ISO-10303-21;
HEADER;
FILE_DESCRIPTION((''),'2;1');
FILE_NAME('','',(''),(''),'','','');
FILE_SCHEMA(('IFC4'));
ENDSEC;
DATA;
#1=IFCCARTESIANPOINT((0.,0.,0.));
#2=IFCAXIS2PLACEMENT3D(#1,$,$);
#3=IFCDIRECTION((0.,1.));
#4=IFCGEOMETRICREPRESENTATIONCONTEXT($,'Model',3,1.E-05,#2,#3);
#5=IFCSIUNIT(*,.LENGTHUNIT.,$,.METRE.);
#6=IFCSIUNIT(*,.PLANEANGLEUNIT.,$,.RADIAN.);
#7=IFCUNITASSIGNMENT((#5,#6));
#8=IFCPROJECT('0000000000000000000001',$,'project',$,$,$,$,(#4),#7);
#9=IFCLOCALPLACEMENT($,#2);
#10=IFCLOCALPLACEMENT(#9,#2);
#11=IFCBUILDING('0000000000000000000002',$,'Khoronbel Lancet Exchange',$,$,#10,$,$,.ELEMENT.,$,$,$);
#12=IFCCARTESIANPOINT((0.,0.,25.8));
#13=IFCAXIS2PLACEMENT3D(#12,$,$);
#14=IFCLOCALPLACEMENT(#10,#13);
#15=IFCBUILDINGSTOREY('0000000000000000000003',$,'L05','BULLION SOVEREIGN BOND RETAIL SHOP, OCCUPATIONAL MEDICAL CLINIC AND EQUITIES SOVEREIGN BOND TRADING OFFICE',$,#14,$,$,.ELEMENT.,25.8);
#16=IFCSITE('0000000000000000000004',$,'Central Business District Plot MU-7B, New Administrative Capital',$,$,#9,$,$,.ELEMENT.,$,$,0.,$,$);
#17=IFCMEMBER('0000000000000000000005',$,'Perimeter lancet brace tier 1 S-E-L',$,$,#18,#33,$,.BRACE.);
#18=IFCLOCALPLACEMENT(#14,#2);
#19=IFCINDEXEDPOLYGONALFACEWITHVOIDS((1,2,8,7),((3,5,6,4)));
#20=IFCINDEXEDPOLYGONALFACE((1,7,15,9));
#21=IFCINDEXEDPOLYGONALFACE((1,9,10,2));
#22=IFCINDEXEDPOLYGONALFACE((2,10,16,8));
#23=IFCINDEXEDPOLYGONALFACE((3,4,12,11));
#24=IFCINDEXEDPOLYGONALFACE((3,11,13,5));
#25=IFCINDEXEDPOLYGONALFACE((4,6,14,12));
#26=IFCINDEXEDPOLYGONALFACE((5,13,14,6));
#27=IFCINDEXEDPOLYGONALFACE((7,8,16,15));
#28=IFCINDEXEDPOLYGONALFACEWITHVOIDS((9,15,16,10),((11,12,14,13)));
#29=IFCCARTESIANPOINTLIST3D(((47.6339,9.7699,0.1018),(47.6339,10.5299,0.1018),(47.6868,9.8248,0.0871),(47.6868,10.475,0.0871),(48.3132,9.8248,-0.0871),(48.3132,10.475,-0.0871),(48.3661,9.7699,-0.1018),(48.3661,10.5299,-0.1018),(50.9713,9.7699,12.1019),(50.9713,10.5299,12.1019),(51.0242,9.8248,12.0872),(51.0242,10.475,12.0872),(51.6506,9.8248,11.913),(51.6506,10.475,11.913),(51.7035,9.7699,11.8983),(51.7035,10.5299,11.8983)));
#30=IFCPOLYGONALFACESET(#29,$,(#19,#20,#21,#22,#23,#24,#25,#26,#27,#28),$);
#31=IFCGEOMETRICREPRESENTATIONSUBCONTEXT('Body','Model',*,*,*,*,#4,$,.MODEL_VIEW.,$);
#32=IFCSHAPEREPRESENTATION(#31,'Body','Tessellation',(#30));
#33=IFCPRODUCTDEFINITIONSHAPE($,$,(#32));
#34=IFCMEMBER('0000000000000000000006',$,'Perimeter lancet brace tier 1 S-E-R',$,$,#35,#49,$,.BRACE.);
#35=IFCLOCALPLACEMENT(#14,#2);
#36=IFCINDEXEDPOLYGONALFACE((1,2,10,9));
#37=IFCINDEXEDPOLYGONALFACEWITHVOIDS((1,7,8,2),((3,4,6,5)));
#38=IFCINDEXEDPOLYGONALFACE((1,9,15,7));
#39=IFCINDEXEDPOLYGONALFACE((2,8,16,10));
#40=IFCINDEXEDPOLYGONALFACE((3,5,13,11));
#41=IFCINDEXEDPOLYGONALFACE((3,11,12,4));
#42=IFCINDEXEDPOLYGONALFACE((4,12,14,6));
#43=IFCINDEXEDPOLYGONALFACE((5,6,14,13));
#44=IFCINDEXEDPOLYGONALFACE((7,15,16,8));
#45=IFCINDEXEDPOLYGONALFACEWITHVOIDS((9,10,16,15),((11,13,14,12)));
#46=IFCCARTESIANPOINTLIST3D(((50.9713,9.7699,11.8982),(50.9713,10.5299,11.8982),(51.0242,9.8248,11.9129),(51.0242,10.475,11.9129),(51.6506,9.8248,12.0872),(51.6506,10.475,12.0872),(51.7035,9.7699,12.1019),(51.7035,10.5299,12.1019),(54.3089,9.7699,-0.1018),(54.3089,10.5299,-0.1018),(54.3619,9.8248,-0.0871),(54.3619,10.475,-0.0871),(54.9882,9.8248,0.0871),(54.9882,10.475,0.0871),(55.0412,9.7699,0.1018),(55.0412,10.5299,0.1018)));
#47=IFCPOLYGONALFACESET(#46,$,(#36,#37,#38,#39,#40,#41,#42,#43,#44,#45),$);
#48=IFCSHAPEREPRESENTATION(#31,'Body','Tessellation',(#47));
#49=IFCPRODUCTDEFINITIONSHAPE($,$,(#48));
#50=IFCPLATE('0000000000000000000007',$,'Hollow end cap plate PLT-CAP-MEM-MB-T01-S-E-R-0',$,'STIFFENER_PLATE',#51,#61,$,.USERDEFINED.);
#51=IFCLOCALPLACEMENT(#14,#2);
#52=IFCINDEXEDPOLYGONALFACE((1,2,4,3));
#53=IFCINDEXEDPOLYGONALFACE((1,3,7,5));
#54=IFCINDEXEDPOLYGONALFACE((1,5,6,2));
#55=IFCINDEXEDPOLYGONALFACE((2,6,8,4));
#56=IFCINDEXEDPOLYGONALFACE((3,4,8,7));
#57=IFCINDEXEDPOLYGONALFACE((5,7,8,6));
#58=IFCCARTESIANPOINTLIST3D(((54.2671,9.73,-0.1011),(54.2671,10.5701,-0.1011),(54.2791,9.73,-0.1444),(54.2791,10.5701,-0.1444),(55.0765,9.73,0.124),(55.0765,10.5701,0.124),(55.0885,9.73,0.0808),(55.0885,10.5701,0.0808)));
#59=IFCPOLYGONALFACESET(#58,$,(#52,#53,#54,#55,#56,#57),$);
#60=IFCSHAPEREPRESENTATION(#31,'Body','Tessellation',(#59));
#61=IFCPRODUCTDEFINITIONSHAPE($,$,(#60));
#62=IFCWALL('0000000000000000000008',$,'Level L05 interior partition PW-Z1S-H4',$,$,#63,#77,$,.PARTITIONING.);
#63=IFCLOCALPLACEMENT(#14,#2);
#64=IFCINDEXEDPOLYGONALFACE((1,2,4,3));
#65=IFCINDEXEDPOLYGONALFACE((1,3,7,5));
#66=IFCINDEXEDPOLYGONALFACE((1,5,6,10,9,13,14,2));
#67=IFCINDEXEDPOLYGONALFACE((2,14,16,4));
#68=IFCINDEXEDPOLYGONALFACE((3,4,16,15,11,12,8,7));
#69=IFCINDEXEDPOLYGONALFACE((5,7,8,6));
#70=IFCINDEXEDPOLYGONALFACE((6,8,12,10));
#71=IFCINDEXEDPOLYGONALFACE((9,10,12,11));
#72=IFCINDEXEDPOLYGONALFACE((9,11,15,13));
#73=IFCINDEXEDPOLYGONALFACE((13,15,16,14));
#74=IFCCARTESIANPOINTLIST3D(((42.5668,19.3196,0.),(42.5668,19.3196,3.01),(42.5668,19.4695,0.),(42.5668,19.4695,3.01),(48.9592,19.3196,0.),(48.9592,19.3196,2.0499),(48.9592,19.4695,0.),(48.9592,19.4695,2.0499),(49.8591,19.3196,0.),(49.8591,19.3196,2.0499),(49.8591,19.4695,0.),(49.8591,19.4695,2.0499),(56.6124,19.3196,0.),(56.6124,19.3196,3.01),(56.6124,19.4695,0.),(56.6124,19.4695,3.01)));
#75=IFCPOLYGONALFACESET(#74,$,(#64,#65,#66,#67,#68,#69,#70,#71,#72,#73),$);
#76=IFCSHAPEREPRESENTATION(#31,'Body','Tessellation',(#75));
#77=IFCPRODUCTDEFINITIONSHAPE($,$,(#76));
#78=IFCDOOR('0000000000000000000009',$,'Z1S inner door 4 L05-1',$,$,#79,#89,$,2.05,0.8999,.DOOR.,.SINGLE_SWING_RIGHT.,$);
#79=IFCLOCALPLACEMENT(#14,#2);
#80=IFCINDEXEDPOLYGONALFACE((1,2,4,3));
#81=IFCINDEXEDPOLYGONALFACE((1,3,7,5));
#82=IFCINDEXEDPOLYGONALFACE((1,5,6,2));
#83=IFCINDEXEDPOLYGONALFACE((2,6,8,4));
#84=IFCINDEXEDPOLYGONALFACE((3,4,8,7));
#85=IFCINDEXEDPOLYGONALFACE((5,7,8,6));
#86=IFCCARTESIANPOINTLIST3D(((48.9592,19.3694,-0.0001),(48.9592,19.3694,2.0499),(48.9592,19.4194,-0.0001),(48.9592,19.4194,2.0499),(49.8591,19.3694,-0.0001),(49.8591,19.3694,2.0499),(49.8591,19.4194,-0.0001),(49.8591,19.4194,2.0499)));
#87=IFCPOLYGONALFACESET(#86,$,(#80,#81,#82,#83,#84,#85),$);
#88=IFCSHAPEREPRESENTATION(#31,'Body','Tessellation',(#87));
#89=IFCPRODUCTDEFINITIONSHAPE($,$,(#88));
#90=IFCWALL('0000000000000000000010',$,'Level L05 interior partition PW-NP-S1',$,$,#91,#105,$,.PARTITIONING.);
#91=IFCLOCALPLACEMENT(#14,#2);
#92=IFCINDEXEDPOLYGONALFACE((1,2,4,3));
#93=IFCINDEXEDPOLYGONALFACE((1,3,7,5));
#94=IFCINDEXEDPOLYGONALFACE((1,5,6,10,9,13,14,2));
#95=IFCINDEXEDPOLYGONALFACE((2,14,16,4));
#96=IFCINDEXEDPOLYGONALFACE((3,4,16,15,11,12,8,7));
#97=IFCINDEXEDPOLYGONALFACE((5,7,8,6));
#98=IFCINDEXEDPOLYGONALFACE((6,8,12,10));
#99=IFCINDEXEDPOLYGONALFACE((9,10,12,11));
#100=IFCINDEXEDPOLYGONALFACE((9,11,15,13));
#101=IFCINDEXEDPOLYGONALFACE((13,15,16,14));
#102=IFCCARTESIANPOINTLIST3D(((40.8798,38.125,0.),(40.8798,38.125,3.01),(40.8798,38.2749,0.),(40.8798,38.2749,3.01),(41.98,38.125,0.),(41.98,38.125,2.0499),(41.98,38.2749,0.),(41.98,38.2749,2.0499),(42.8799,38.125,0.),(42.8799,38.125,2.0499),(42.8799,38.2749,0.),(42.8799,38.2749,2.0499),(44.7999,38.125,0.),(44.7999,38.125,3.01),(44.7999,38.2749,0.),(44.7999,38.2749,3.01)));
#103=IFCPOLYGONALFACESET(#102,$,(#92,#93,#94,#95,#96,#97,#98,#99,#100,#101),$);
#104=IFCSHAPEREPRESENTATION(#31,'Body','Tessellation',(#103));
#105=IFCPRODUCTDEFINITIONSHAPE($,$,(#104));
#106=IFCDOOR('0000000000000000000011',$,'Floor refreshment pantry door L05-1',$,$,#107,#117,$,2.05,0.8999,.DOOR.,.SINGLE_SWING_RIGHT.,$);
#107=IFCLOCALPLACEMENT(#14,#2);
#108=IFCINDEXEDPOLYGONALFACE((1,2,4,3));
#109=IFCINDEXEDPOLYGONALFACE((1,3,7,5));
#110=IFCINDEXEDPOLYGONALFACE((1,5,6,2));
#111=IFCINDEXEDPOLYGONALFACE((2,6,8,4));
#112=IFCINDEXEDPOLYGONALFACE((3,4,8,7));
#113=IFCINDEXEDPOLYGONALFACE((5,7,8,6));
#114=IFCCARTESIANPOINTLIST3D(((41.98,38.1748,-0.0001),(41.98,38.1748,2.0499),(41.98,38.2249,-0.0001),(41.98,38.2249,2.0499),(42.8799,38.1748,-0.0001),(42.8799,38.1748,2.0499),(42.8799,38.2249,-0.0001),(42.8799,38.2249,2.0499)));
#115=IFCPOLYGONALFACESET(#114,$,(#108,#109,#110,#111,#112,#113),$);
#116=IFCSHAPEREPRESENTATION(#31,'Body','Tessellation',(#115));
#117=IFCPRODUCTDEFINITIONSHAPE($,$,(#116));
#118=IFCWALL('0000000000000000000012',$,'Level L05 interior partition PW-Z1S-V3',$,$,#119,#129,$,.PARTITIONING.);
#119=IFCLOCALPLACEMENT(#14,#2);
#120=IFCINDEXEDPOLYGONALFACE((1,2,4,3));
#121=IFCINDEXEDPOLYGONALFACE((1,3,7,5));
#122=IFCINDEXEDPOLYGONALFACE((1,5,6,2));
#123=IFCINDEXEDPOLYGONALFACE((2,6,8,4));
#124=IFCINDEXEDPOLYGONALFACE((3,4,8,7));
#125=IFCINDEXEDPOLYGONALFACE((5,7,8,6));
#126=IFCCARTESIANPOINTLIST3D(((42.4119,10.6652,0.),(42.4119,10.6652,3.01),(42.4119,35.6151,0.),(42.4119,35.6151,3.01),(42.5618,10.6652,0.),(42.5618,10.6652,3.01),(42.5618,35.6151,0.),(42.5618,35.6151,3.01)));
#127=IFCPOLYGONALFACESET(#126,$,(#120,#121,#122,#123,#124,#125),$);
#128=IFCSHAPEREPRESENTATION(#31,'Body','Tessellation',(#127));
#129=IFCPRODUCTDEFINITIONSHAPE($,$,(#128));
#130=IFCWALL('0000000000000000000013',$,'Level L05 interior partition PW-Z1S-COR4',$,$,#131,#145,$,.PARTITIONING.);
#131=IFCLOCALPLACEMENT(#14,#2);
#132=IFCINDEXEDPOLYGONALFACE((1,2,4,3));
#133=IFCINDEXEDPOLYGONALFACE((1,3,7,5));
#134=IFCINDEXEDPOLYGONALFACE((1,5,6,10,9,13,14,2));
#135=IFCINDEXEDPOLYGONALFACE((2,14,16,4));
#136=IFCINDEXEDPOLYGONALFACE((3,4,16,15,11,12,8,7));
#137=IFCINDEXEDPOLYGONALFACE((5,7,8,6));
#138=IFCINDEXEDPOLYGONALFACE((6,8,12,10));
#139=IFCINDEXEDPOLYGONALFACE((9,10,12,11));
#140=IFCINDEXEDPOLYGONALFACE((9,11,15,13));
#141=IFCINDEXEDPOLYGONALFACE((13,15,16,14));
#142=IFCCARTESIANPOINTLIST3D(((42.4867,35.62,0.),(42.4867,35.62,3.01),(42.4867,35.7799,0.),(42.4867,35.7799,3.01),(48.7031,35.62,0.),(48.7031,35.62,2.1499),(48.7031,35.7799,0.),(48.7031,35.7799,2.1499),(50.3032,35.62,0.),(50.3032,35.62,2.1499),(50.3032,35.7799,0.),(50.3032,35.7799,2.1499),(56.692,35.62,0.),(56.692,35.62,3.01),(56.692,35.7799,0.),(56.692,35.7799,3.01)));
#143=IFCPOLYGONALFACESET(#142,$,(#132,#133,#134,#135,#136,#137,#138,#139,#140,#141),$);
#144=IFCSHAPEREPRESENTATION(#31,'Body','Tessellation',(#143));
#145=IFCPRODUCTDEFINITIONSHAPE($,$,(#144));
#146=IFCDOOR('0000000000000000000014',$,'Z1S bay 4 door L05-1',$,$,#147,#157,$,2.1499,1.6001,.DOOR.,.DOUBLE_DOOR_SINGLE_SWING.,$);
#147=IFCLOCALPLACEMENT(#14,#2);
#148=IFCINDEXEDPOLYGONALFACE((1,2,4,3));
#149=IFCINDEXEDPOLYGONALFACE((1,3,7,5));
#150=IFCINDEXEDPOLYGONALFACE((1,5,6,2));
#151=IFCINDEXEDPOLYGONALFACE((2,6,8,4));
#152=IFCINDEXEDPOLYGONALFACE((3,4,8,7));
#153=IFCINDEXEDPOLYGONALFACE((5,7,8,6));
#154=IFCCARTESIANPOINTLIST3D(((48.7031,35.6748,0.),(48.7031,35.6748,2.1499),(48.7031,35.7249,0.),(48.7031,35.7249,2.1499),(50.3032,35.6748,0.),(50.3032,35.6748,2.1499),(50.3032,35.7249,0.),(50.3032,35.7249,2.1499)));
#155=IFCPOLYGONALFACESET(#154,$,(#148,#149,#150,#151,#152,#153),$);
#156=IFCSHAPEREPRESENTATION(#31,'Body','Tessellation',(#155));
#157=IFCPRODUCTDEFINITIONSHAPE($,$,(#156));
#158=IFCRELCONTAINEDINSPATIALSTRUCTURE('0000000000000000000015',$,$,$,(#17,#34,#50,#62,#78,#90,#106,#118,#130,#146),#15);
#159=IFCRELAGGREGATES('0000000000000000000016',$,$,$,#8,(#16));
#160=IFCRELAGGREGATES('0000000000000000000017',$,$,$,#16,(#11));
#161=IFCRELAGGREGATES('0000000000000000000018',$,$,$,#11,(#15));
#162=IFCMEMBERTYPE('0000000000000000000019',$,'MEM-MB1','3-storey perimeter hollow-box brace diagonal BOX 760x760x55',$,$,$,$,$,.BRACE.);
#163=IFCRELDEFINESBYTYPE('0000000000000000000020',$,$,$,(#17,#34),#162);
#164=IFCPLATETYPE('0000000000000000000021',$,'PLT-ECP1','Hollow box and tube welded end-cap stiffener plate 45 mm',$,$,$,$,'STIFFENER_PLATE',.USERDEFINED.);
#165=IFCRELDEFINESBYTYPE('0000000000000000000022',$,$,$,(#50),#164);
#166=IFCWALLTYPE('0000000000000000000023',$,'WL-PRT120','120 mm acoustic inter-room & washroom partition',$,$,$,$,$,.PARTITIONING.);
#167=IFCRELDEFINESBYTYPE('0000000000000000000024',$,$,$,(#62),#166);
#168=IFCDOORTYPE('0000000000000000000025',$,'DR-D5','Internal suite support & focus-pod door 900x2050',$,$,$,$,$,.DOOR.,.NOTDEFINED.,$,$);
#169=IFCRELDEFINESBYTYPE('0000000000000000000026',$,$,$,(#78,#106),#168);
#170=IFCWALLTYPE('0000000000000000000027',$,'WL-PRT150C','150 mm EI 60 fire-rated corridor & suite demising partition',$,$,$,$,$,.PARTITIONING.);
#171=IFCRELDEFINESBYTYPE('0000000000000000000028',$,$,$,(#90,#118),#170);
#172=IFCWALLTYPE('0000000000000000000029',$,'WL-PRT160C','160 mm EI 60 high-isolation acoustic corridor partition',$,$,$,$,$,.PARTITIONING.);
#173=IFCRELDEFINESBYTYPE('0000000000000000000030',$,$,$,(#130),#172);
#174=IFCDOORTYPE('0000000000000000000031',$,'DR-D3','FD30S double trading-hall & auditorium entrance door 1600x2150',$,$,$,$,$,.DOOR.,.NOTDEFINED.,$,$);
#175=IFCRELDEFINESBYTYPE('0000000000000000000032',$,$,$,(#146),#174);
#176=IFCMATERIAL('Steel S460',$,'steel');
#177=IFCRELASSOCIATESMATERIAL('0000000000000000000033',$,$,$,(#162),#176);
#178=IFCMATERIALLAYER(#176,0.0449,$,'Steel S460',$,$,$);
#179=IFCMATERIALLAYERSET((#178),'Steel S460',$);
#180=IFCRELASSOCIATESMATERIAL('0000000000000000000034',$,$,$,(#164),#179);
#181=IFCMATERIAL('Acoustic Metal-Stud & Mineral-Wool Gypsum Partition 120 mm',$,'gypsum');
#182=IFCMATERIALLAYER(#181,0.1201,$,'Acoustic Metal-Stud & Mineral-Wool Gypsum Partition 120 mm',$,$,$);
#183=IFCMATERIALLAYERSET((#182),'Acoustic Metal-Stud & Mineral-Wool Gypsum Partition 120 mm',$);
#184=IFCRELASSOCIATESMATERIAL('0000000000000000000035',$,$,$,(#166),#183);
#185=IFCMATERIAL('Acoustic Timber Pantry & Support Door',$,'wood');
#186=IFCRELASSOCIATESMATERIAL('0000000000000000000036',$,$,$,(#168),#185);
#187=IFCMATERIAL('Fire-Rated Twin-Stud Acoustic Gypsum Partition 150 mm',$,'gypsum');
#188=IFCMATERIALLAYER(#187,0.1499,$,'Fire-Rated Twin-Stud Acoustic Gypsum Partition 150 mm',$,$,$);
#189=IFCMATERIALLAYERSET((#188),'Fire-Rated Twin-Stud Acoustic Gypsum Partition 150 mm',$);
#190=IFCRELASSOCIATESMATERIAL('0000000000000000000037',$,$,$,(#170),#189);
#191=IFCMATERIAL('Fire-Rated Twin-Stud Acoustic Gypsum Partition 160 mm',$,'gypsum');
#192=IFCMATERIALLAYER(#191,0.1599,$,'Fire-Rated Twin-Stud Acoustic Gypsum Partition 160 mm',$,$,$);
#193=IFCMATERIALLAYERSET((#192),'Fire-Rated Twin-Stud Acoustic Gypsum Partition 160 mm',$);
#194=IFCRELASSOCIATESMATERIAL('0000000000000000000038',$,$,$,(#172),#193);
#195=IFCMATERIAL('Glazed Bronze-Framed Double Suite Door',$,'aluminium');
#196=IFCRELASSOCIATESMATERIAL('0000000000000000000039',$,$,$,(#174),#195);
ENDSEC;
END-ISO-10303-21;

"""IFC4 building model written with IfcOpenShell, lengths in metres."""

from ifc_helpers import new_model, si_unit, direction, frame, frame_2d, origin, origin_2d, place, context, subcontext, project, spatial, polyline, rectangle, hollow_rectangle, outline, extrude, material, layer, layer_set, material_profile, profile_set, type_object, element, fill, save


model = new_model("IFC4")

# Units and contexts
model_context = context("Model", 3, precision=1e-05, world=origin(), true_north=direction((0.0, 1.0)))
body_context = subcontext(model_context, "Body", "Model", "MODEL_VIEW")
ifc_project = project(units=[si_unit("LENGTHUNIT", "METRE"), si_unit("PLANEANGLEUNIT", "RADIAN")], contexts=[model_context])

# Site, building, storey
site_placement = place(None, origin())
site = spatial("IfcSite", under=ifc_project, at=site_placement, Name="Central Business District Plot MU-7B, New Administrative Capital", CompositionType="ELEMENT", RefElevation=0.0)
building_placement = place(site_placement, origin())
building = spatial("IfcBuilding", under=site, at=building_placement, Name="Khoronbel Lancet Exchange", CompositionType="ELEMENT")
storey_placement = place(building_placement, frame((0.0, 0.0, 25.8)))
storey = spatial("IfcBuildingStorey", under=building, at=storey_placement, Name="L05", Description="BULLION SOVEREIGN BOND RETAIL SHOP, OCCUPATIONAL MEDICAL CLINIC AND EQUITIES SOVEREIGN BOND TRADING OFFICE", CompositionType="ELEMENT", Elevation=25.8)

# Shared definitions
ifc_material_1 = material(Name="Steel S460", Category="steel")

# Members
ifc_material_profile_1 = material_profile(ifc_material_1, hollow_rectangle(XDim=0.76, YDim=0.76, WallThickness=0.0549, at=origin_2d()), Name="BOX 760x760x55")
ifc_profile_set_1 = profile_set([ifc_material_profile_1], Name="Steel S460")
member_type = type_object("IfcMemberType", Name="MEM-MB1", Description="3-storey perimeter hollow-box brace diagonal BOX 760x760x55", PredefinedType="BRACE", material=ifc_profile_set_1)
for number, where, z_axis, x_axis, name in (
    (1, (48.0, 10.1499, 0.0), (0.267947, 0.0, 0.963434), (0.0, 1.0, 0.0), "Perimeter lancet brace tier 1 S-E-L"),
    (2, (54.675, 10.1499, 0.0), (-0.267965, 0.0, 0.963429), (0.0, -1.0, 0.0), "Perimeter lancet brace tier 1 S-E-R"),
):
    element("IfcMember", number, at=place(storey_placement, frame(where, z_axis=z_axis, x_axis=x_axis)), inside=storey, type_object=member_type, Name=name, PredefinedType="BRACE", context=body_context, shape_type="SweptSolid", body=[
        extrude(hollow_rectangle(XDim=0.76, YDim=0.76, WallThickness=0.0549, at=origin_2d()), origin(), (0.0, 0.0, 1.0), 12.4556),
    ])

# Plate
ifc_layer_1 = layer(ifc_material_1, 0.0449, Name="Steel S460")
ifc_layer_set_1 = layer_set([ifc_layer_1], Name="Steel S460")
plate_type = type_object("IfcPlateType", Name="PLT-ECP1", Description="Hollow box and tube welded end-cap stiffener plate 45 mm", ElementType="STIFFENER_PLATE", PredefinedType="USERDEFINED", material=ifc_layer_set_1)
plate_placement = place(storey_placement, frame((54.2671, 10.5701, -0.1011), z_axis=(-0.267959, 0.0, 0.96343), x_axis=(0.0, -1.0, 0.0)))
element("IfcPlate", 3, at=plate_placement, inside=storey, type_object=plate_type, Name="Hollow end cap plate PLT-CAP-MEM-MB-T01-S-E-R-0", ObjectType="STIFFENER_PLATE", PredefinedType="USERDEFINED", context=body_context, shape_type="SweptSolid", body=[
    extrude(outline(polyline([(0.0, 0.0), (0.8401, 0.0), (0.8401, 0.8401), (0.0, 0.8401), (0.0, 0.0)])), origin(), (0.0, 0.0, -1.0), 0.0449),
])

# Walls, openings, doors
ifc_material_2 = material(Name="Acoustic Metal-Stud & Mineral-Wool Gypsum Partition 120 mm", Category="gypsum")
ifc_layer_2 = layer(ifc_material_2, 0.1201, Name="Acoustic Metal-Stud & Mineral-Wool Gypsum Partition 120 mm")
ifc_layer_set_2 = layer_set([ifc_layer_2], Name="Acoustic Metal-Stud & Mineral-Wool Gypsum Partition 120 mm")
wall_type_1 = type_object("IfcWallType", Name="WL-PRT120", Description="120 mm acoustic inter-room & washroom partition", PredefinedType="PARTITIONING", material=ifc_layer_set_2)
wall_1_placement = place(storey_placement, frame((42.5667, 19.3945, 0.0), z_axis=(0.0, 0.0, 1.0), x_axis=(1.0, 0.0, 0.0)))
wall_1 = element("IfcWall", 4, at=wall_1_placement, inside=storey, type_object=wall_type_1, Name="Level L05 interior partition PW-Z1S-H4", PredefinedType="PARTITIONING", context=body_context, shape_type="SweptSolid", body=[
    extrude(rectangle(XDim=14.0457, YDim=0.1499, at=frame_2d((7.0229, 0.0))), origin(), (0.0, 0.0, 1.0), 3.01),
])
opening_1_placement = place(wall_1_placement, frame((6.3926, 0.0, 0.0)))
opening_1 = element("IfcOpeningElement", 5, at=opening_1_placement, cuts=wall_1, PredefinedType="OPENING", context=body_context, shape_type="SweptSolid", body=[
    extrude(rectangle(XDim=0.8999, YDim=2.05, at=frame_2d((0.45, 1.0249))), frame((0.0, 0.085, 0.0), z_axis=(0.0, -1.0, 0.0), x_axis=(1.0, 0.0, 0.0)), (0.0, 0.0, 1.0), 0.1699),
])
ifc_material_3 = material(Name="Acoustic Timber Pantry & Support Door", Category="wood")
door_type_1 = type_object("IfcDoorType", Name="DR-D5", Description="Internal suite support & focus-pod door 900x2050", OperationType="NOTDEFINED", PredefinedType="DOOR", material=ifc_material_3)
door_1_placement = place(opening_1_placement, origin())
door_1 = element("IfcDoor", 6, at=door_1_placement, inside=storey, type_object=door_type_1, Name="Z1S inner door 4 L05-1", OperationType="SINGLE_SWING_RIGHT", OverallHeight=2.05, OverallWidth=0.8999, PredefinedType="DOOR", context=body_context, shape_type="SweptSolid", body=[
    extrude(rectangle(XDim=0.8999, YDim=2.05, at=frame_2d((0.45, 1.0249))), frame((0.0, 0.0249, 0.0), z_axis=(0.0, -1.0, 0.0), x_axis=(1.0, 0.0, 0.0)), (0.0, 0.0, 1.0), 0.05),
])
fill(opening_1, door_1)
ifc_material_4 = material(Name="Fire-Rated Twin-Stud Acoustic Gypsum Partition 150 mm", Category="gypsum")
ifc_layer_3 = layer(ifc_material_4, 0.1499, Name="Fire-Rated Twin-Stud Acoustic Gypsum Partition 150 mm")
ifc_layer_set_3 = layer_set([ifc_layer_3], Name="Fire-Rated Twin-Stud Acoustic Gypsum Partition 150 mm")
wall_type_2 = type_object("IfcWallType", Name="WL-PRT150C", Description="150 mm EI 60 fire-rated corridor & suite demising partition", PredefinedType="PARTITIONING", material=ifc_layer_set_3)
wall_2_placement = place(storey_placement, frame((40.8799, 38.2, 0.0), z_axis=(0.0, 0.0, 1.0), x_axis=(1.0, 0.0, 0.0)))
wall_2 = element("IfcWall", 7, at=wall_2_placement, inside=storey, type_object=wall_type_2, Name="Level L05 interior partition PW-NP-S1", PredefinedType="PARTITIONING", context=body_context, shape_type="SweptSolid", body=[
    extrude(rectangle(XDim=3.9202, YDim=0.1499, at=frame_2d((1.96, 0.0))), origin(), (0.0, 0.0, 1.0), 3.01),
])
opening_2_placement = place(wall_2_placement, frame((1.1001, 0.0, 0.0)))
opening_2 = element("IfcOpeningElement", 8, at=opening_2_placement, cuts=wall_2, PredefinedType="OPENING", context=body_context, shape_type="SweptSolid", body=[
    extrude(rectangle(XDim=0.8999, YDim=2.05, at=frame_2d((0.45, 1.0249))), frame((0.0, 0.085, 0.0), z_axis=(0.0, -1.0, 0.0), x_axis=(1.0, 0.0, 0.0)), (0.0, 0.0, 1.0), 0.1699),
])
door_2_placement = place(opening_2_placement, origin())
door_2 = element("IfcDoor", 9, at=door_2_placement, inside=storey, type_object=door_type_1, Name="Floor refreshment pantry door L05-1", OperationType="SINGLE_SWING_RIGHT", OverallHeight=2.05, OverallWidth=0.8999, PredefinedType="DOOR", context=body_context, shape_type="SweptSolid", body=[
    extrude(rectangle(XDim=0.8999, YDim=2.05, at=frame_2d((0.45, 1.0249))), frame((0.0, 0.0249, 0.0), z_axis=(0.0, -1.0, 0.0), x_axis=(1.0, 0.0, 0.0)), (0.0, 0.0, 1.0), 0.05),
])
fill(opening_2, door_2)

# Wall
wall_3_placement = place(storey_placement, frame((42.4868, 10.665, 0.0), z_axis=(0.0, 0.0, 1.0), x_axis=(0.0, 1.0, 0.0)))
element("IfcWall", 10, at=wall_3_placement, inside=storey, type_object=wall_type_2, Name="Level L05 interior partition PW-Z1S-V3", PredefinedType="PARTITIONING", context=body_context, shape_type="SweptSolid", body=[
    extrude(rectangle(XDim=24.95, YDim=0.1499, at=frame_2d((12.4751, 0.0))), origin(), (0.0, 0.0, 1.0), 3.01),
])

# Wall, opening, door
ifc_material_5 = material(Name="Fire-Rated Twin-Stud Acoustic Gypsum Partition 160 mm", Category="gypsum")
ifc_layer_4 = layer(ifc_material_5, 0.1599, Name="Fire-Rated Twin-Stud Acoustic Gypsum Partition 160 mm")
ifc_layer_set_4 = layer_set([ifc_layer_4], Name="Fire-Rated Twin-Stud Acoustic Gypsum Partition 160 mm")
wall_type_3 = type_object("IfcWallType", Name="WL-PRT160C", Description="160 mm EI 60 high-isolation acoustic corridor partition", PredefinedType="PARTITIONING", material=ifc_layer_set_4)
wall_4_placement = place(storey_placement, frame((42.4868, 35.7, 0.0), z_axis=(0.0, 0.0, 1.0), x_axis=(1.0, 0.0, 0.0)))
wall_4 = element("IfcWall", 11, at=wall_4_placement, inside=storey, type_object=wall_type_3, Name="Level L05 interior partition PW-Z1S-COR4", PredefinedType="PARTITIONING", context=body_context, shape_type="SweptSolid", body=[
    extrude(rectangle(XDim=14.2053, YDim=0.1599, at=frame_2d((7.1025, 0.0))), origin(), (0.0, 0.0, 1.0), 3.01),
])
opening_3_placement = place(wall_4_placement, frame((6.2163, 0.0, 0.0)))
opening_3 = element("IfcOpeningElement", 12, at=opening_3_placement, cuts=wall_4, PredefinedType="OPENING", context=body_context, shape_type="SweptSolid", body=[
    extrude(rectangle(XDim=1.6001, YDim=2.1499, at=frame_2d((0.8, 1.075))), frame((0.0, 0.0898, 0.0), z_axis=(0.0, -1.0, 0.0), x_axis=(1.0, 0.0, 0.0)), (0.0, 0.0, 1.0), 0.1799),
])
ifc_material_6 = material(Name="Glazed Bronze-Framed Double Suite Door", Category="aluminium")
door_type_2 = type_object("IfcDoorType", Name="DR-D3", Description="FD30S double trading-hall & auditorium entrance door 1600x2150", OperationType="NOTDEFINED", PredefinedType="DOOR", material=ifc_material_6)
door_3_placement = place(opening_3_placement, origin())
door_3 = element("IfcDoor", 13, at=door_3_placement, inside=storey, type_object=door_type_2, Name="Z1S bay 4 door L05-1", OperationType="DOUBLE_DOOR_SINGLE_SWING", OverallHeight=2.1499, OverallWidth=1.6001, PredefinedType="DOOR", context=body_context, shape_type="SweptSolid", body=[
    extrude(rectangle(XDim=1.6001, YDim=2.1499, at=frame_2d((0.8, 1.075))), frame((0.0, 0.0249, 0.0), z_axis=(0.0, -1.0, 0.0), x_axis=(1.0, 0.0, 0.0)), (0.0, 0.0, 1.0), 0.05),
])
fill(opening_3, door_3)

save(model, "model.ifc")
